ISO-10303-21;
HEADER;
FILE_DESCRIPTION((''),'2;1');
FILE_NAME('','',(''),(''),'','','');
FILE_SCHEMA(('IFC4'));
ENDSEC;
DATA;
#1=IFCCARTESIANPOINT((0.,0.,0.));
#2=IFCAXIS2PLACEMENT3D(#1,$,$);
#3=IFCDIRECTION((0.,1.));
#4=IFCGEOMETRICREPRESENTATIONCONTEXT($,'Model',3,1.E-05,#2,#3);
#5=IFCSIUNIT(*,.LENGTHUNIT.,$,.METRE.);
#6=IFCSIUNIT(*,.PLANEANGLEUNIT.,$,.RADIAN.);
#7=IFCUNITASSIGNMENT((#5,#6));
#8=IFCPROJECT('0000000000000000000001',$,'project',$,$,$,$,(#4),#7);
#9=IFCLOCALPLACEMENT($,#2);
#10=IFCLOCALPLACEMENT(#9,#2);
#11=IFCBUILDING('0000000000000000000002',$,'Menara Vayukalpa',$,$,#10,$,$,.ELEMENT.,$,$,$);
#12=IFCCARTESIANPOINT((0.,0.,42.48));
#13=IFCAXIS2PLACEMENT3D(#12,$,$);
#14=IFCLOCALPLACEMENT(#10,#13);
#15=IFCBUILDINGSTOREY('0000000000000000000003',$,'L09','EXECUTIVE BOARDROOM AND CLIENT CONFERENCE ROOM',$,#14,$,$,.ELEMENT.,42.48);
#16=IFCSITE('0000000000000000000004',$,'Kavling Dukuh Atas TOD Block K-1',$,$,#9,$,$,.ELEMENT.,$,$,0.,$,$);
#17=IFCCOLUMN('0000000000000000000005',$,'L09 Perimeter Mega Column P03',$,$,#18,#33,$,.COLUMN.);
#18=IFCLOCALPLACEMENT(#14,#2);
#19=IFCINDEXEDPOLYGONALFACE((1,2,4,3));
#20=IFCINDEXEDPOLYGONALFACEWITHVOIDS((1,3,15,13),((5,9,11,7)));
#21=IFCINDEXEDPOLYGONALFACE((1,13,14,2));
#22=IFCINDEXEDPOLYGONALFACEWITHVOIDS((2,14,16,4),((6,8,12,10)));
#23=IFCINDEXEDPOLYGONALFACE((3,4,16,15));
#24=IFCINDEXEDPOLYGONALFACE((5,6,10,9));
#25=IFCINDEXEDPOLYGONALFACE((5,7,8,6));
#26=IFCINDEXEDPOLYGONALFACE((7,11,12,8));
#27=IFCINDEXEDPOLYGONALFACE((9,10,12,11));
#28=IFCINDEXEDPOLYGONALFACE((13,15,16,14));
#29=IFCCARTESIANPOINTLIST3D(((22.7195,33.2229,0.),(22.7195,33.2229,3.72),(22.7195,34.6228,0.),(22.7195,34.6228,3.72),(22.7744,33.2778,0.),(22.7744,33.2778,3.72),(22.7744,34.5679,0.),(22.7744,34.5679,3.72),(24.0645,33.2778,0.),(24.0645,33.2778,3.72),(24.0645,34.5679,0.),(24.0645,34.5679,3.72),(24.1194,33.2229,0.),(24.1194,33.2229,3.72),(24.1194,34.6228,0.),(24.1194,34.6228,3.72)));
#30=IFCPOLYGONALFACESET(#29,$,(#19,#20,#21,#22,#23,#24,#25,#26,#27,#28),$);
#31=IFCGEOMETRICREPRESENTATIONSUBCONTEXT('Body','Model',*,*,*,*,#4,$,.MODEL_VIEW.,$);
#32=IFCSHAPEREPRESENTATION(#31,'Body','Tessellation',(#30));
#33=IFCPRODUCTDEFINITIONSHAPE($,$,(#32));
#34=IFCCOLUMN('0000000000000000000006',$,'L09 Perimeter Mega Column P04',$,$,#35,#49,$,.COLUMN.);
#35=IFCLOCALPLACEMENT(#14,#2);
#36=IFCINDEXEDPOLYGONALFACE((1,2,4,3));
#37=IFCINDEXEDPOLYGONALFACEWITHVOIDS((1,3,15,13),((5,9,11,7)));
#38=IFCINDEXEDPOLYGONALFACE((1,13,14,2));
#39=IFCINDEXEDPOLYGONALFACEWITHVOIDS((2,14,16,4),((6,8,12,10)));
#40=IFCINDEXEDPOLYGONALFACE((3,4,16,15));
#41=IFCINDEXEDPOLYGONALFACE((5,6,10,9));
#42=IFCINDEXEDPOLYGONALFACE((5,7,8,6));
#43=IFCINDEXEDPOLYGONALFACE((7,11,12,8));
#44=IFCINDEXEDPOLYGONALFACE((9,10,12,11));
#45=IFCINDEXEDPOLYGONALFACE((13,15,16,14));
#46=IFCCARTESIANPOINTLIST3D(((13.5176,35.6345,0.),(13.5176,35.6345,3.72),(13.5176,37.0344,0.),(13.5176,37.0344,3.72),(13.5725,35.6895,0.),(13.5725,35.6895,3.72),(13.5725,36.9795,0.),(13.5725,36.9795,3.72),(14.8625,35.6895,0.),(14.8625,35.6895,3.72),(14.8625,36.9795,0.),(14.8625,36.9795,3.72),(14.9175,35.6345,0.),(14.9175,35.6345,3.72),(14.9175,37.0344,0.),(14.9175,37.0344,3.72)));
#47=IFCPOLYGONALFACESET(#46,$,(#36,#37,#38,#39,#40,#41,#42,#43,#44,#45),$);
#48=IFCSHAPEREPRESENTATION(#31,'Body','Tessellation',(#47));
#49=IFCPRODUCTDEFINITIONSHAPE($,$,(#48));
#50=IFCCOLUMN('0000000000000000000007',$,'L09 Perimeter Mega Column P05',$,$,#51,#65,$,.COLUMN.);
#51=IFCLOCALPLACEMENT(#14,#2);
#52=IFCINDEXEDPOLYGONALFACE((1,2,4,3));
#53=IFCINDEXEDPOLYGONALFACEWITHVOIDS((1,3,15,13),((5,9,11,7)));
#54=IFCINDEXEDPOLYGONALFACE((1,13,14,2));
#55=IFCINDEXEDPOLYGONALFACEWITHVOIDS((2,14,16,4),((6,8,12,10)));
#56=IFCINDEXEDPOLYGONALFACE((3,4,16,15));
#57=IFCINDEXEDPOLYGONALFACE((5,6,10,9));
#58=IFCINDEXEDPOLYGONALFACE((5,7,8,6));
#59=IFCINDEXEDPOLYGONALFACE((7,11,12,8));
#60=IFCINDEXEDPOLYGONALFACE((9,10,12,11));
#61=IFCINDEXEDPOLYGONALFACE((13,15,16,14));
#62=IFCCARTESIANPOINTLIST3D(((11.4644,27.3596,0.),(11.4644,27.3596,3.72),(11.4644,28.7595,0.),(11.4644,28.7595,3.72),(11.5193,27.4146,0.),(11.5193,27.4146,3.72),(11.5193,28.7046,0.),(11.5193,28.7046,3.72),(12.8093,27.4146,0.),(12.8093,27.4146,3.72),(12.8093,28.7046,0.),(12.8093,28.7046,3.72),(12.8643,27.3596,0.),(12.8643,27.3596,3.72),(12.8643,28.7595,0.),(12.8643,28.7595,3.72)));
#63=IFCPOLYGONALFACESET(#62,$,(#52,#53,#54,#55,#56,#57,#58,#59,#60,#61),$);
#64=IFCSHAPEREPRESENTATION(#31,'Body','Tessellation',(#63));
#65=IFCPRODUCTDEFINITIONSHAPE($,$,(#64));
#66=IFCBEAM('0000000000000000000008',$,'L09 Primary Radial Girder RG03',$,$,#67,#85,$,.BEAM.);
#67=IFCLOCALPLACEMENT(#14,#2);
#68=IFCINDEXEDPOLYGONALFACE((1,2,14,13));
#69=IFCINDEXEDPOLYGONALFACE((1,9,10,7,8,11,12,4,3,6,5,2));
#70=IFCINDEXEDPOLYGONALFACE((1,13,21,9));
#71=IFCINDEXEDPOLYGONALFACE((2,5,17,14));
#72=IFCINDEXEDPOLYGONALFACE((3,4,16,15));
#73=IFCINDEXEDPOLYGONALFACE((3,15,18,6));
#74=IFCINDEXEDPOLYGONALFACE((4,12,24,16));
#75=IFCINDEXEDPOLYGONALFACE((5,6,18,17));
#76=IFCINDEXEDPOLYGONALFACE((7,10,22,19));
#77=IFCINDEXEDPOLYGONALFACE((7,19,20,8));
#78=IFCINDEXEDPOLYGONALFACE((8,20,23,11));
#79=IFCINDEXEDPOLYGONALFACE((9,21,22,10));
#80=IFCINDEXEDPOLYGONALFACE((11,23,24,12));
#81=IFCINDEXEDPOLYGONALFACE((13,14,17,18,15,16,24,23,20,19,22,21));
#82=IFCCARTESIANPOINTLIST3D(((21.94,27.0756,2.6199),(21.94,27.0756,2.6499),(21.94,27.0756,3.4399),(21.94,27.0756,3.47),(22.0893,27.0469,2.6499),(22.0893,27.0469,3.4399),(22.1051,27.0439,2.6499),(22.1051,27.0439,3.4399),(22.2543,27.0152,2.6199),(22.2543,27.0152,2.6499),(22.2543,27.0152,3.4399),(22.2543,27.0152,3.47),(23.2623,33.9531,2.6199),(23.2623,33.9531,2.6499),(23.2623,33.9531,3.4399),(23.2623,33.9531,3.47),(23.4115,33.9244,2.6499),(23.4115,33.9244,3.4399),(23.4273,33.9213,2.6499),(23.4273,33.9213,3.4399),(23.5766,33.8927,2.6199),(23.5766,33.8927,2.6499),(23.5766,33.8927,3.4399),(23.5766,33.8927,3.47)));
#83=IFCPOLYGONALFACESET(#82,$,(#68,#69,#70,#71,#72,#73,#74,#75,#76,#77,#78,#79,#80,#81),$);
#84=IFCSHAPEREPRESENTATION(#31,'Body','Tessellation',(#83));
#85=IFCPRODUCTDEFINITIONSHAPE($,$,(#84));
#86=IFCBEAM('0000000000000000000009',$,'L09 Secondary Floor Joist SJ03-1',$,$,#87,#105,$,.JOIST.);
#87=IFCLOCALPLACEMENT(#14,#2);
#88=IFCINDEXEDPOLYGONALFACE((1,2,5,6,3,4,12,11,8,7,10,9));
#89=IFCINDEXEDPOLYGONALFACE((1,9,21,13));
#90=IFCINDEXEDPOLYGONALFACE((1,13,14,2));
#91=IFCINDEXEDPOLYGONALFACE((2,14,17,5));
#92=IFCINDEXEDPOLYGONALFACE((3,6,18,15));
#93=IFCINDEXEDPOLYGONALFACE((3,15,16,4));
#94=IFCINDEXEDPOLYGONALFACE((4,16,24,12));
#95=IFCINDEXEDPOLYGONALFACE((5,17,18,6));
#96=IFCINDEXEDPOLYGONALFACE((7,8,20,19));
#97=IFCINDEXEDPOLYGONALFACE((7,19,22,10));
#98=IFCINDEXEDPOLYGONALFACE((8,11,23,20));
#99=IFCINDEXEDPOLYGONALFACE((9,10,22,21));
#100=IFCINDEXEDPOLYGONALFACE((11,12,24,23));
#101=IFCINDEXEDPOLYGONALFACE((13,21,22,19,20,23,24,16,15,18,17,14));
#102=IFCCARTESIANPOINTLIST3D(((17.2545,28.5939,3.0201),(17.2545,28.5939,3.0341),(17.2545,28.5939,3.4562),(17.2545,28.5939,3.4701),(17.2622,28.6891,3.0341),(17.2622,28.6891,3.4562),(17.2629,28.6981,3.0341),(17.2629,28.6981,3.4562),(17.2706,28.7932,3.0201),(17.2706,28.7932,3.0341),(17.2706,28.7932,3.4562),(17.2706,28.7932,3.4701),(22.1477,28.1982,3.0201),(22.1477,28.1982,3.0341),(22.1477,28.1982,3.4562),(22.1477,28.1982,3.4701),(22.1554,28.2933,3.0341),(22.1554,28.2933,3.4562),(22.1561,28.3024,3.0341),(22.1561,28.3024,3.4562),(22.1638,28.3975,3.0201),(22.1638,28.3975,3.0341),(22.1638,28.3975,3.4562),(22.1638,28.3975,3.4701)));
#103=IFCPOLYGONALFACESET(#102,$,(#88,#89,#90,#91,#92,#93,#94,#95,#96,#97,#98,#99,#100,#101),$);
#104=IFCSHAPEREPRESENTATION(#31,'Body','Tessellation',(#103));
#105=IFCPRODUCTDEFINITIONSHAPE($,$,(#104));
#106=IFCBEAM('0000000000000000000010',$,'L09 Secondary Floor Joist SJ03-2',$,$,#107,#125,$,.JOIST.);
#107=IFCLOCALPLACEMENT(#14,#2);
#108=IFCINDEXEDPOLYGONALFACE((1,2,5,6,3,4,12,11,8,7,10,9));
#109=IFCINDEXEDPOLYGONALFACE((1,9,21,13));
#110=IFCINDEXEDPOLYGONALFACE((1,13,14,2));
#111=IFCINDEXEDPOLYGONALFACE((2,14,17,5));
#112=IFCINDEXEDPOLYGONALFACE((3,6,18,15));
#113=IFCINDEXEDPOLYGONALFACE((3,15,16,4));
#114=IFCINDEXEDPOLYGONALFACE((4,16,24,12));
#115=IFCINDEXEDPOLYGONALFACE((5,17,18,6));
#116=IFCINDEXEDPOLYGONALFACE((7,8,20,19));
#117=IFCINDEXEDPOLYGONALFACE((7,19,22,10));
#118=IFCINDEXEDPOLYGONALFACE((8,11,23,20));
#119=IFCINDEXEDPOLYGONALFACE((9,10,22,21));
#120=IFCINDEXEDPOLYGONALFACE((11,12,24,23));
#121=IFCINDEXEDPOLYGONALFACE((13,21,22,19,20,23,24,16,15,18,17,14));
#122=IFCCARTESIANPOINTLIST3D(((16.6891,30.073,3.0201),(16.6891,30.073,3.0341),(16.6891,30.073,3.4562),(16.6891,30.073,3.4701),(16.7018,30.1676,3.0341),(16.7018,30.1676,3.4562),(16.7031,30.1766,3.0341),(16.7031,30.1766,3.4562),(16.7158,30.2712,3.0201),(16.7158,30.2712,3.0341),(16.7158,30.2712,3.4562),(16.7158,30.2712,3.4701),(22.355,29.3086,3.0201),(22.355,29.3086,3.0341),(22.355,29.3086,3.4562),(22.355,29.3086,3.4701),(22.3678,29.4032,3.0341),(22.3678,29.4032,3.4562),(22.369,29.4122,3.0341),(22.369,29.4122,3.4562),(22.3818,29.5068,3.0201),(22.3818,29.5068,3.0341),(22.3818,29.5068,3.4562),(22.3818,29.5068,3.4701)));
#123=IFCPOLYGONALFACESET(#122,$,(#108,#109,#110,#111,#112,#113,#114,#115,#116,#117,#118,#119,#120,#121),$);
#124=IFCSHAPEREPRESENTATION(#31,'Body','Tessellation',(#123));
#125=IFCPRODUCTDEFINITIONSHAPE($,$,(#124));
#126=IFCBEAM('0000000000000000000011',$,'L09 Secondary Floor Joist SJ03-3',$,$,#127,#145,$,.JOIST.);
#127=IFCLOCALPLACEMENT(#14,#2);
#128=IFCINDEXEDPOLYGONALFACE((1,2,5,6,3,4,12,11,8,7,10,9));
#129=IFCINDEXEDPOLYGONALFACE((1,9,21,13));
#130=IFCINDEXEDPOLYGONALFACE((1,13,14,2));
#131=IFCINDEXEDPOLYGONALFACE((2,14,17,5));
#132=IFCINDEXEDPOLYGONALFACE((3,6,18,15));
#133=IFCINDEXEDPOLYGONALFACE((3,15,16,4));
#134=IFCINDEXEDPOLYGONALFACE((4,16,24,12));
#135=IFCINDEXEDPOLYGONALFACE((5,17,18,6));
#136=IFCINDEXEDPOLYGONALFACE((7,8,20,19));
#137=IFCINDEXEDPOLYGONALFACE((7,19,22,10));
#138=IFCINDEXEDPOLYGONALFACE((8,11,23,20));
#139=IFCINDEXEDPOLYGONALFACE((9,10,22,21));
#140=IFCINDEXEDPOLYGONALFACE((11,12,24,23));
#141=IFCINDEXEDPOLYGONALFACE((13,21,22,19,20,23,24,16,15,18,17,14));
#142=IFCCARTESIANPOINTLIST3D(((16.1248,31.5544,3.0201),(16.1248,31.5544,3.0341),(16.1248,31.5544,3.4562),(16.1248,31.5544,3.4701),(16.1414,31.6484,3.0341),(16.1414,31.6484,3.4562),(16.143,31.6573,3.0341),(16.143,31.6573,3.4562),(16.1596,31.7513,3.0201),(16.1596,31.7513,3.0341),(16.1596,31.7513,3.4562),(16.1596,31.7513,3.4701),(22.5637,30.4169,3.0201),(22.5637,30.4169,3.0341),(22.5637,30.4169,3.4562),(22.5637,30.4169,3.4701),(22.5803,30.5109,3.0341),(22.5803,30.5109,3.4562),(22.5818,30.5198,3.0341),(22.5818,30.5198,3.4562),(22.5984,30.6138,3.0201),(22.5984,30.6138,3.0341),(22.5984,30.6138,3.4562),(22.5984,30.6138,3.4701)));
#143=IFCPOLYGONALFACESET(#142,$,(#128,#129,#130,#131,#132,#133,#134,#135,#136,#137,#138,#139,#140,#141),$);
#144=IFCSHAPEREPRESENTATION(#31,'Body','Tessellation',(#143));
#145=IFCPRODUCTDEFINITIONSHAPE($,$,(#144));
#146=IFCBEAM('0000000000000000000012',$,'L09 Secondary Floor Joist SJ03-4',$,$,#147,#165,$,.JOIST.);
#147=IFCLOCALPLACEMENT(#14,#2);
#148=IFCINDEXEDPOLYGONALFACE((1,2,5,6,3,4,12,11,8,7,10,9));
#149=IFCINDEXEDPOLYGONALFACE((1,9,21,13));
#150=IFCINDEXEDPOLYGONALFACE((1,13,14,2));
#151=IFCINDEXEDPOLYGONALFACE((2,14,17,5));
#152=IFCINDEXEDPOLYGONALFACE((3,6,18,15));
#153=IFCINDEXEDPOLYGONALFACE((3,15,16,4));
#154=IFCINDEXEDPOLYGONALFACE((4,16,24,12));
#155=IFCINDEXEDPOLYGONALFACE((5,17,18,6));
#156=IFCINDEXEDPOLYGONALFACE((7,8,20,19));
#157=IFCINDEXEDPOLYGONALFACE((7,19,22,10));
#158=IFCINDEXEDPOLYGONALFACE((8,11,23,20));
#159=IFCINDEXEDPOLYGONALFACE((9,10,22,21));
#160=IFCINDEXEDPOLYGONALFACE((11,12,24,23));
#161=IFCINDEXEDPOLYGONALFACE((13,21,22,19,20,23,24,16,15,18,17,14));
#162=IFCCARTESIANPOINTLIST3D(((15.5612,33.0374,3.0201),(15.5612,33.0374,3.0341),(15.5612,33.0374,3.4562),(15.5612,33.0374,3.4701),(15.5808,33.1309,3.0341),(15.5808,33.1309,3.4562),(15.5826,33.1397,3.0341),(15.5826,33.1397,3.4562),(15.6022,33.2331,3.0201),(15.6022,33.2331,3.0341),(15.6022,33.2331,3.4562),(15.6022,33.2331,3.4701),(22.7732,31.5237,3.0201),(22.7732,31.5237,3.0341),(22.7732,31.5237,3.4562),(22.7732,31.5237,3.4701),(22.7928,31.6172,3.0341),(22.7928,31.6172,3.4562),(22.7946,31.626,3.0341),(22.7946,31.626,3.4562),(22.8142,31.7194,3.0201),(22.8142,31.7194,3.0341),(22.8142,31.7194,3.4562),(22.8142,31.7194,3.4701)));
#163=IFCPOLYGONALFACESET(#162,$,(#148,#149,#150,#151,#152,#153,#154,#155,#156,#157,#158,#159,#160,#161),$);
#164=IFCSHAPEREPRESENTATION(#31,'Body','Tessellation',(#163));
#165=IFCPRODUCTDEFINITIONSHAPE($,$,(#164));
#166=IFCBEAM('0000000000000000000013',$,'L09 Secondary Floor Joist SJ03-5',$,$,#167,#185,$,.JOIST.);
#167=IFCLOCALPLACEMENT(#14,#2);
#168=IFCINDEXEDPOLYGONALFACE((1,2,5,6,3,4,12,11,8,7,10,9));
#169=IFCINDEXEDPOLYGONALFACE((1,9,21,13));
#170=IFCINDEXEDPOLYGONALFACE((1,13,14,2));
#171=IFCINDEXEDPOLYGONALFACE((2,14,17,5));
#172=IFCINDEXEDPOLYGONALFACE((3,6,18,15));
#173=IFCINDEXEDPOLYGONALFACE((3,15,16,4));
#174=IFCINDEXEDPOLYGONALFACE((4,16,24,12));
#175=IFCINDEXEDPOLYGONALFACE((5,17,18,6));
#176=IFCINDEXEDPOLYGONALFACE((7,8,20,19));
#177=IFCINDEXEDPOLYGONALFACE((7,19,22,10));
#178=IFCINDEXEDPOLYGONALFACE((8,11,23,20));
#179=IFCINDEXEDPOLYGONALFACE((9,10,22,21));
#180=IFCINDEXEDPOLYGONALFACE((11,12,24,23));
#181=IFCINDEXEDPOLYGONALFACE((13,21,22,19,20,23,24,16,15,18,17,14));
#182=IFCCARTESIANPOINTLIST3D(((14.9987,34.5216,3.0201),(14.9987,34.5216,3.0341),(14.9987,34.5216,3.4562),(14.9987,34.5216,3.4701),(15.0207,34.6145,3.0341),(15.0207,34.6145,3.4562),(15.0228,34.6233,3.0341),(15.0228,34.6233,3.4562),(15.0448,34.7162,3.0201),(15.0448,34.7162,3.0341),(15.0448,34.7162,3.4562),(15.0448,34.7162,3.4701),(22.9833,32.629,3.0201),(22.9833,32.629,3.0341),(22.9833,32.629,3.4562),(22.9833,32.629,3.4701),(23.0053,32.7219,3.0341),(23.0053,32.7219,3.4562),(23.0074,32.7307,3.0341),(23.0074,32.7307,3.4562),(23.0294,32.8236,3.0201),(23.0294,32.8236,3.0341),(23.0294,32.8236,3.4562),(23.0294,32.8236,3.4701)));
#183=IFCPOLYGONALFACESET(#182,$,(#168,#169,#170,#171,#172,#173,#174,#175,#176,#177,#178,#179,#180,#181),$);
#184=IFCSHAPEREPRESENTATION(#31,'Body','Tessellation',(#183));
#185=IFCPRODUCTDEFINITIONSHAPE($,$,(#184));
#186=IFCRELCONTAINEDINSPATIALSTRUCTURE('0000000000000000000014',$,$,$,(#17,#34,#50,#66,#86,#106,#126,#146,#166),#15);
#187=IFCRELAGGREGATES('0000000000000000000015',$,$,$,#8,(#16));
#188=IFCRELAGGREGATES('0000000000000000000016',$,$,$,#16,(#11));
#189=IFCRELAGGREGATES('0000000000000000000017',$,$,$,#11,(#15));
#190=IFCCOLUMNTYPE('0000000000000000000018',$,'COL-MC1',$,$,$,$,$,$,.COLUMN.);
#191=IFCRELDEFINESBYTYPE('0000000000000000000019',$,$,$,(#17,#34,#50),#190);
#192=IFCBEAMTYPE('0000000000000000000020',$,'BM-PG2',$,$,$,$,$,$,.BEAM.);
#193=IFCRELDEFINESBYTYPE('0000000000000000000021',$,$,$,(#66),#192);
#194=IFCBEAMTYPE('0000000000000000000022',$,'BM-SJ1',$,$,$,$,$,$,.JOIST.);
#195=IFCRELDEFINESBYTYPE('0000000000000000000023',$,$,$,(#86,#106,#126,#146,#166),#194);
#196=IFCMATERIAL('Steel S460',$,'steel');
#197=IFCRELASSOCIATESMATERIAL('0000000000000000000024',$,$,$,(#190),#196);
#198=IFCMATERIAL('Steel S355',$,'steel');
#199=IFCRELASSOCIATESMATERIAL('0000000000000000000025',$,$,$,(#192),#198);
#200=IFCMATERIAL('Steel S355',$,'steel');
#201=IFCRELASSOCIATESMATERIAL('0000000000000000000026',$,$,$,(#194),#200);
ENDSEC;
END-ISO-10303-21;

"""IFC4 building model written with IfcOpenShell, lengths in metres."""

from ifc_helpers import new_model, si_unit, direction, frame, origin, origin_2d, place, context, subcontext, project, spatial, hollow_rectangle, i_section, extrude, material, material_profile, profile_set, type_object, element, save


model = new_model("IFC4")

# Units and contexts
model_context = context("Model", 3, precision=1e-05, world=origin(), true_north=direction((0.0, 1.0)))
body_context = subcontext(model_context, "Body", "Model", "MODEL_VIEW")
ifc_project = project(units=[si_unit("LENGTHUNIT", "METRE"), si_unit("PLANEANGLEUNIT", "RADIAN")], contexts=[model_context])

# Site, building, storey
site_placement = place(None, origin())
site = spatial("IfcSite", under=ifc_project, at=site_placement, Name="Kavling Dukuh Atas TOD Block K-1", CompositionType="ELEMENT", RefElevation=0.0)
building_placement = place(site_placement, origin())
building = spatial("IfcBuilding", under=site, at=building_placement, Name="Menara Vayukalpa", CompositionType="ELEMENT")
storey_placement = place(building_placement, frame((0.0, 0.0, 42.48)))
storey = spatial("IfcBuildingStorey", under=building, at=storey_placement, Name="L09", Description="EXECUTIVE BOARDROOM AND CLIENT CONFERENCE ROOM", CompositionType="ELEMENT", Elevation=42.48)

# Columns
ifc_material_1 = material(Name="Steel S460", Category="steel")
ifc_material_profile_1 = material_profile(ifc_material_1, hollow_rectangle(XDim=1.3999, YDim=1.3999, WallThickness=0.0549, at=origin_2d()), Name="BOX 1400x1400x55")
ifc_profile_set_1 = profile_set([ifc_material_profile_1], Name="Steel S460")
column_type = type_object("IfcColumnType", Name="COL-MC1", PredefinedType="COLUMN", material=ifc_profile_set_1)
for number, where, z_axis, x_axis, name in (
    (1, (23.4194, 33.9229, 0.0), (0.0, 0.0, 1.0), (1.0, 0.0, 0.0), "L09 Perimeter Mega Column P03"),
    (2, (14.2175, 36.3345, 0.0), (0.0, 0.0, 1.0), (1.0, 0.0, 0.0), "L09 Perimeter Mega Column P04"),
    (3, (12.1643, 28.0596, 0.0), (0.0, 0.0, 1.0), (1.0, 0.0, 0.0), "L09 Perimeter Mega Column P05"),
):
    element("IfcColumn", number, at=place(storey_placement, frame(where, z_axis=z_axis, x_axis=x_axis)), inside=storey, type_object=column_type, Name=name, PredefinedType="COLUMN", context=body_context, shape_type="SweptSolid", body=[
        extrude(hollow_rectangle(XDim=1.3999, YDim=1.3999, WallThickness=0.0549, at=origin_2d()), origin(), (0.0, 0.0, 1.0), 3.72),
    ])

# Beams
ifc_material_2 = material(Name="Steel S355", Category="steel")
ifc_material_profile_2 = material_profile(ifc_material_2, i_section(OverallWidth=0.3201, OverallDepth=0.8501, WebThickness=0.0161, FlangeThickness=0.03, at=origin_2d()), Name="WF 850x320x16x30")
ifc_profile_set_2 = profile_set([ifc_material_profile_2], Name="Steel S355")
beam_type_1 = type_object("IfcBeamType", Name="BM-PG2", PredefinedType="BEAM", material=ifc_profile_set_2)
beam_1_placement = place(storey_placement, frame((22.0972, 27.0454, 3.0449), z_axis=(0.188803, 0.982015, 0.0), x_axis=(-0.982015, 0.188803, 0.0)))
element("IfcBeam", 4, at=beam_1_placement, inside=storey, type_object=beam_type_1, Name="L09 Primary Radial Girder RG03", PredefinedType="BEAM", context=body_context, shape_type="SweptSolid", body=[
    extrude(i_section(OverallWidth=0.3201, OverallDepth=0.8501, WebThickness=0.0161, FlangeThickness=0.03, at=origin_2d()), origin(), (0.0, 0.0, 1.0), 7.0034),
])
ifc_material_3 = material(Name="Steel S355", Category="steel")
ifc_material_profile_3 = material_profile(ifc_material_3, i_section(OverallWidth=0.2, OverallDepth=0.45, WebThickness=0.009, FlangeThickness=0.0139, at=origin_2d()), Name="WF 450x200x9x14")
ifc_profile_set_3 = profile_set([ifc_material_profile_3], Name="Steel S355")
beam_type_2 = type_object("IfcBeamType", Name="BM-SJ1", PredefinedType="JOIST", material=ifc_profile_set_3)
beam_2_placement = place(storey_placement, frame((22.1558, 28.2979, 3.2451), z_axis=(-0.996745, 0.080613, 0.0), x_axis=(-0.080613, -0.996745, 0.0)))
element("IfcBeam", 5, at=beam_2_placement, inside=storey, type_object=beam_type_2, Name="L09 Secondary Floor Joist SJ03-1", PredefinedType="JOIST", context=body_context, shape_type="SweptSolid", body=[
    extrude(i_section(OverallWidth=0.2, OverallDepth=0.45, WebThickness=0.009, FlangeThickness=0.0139, at=origin_2d()), origin(), (0.0, 0.0, 1.0), 4.9092),
])
beam_3_placement = place(storey_placement, frame((22.3684, 29.4077, 3.2451), z_axis=(-0.991022, 0.133699, 0.0), x_axis=(-0.133699, -0.991022, 0.0)))
element("IfcBeam", 6, at=beam_3_placement, inside=storey, type_object=beam_type_2, Name="L09 Secondary Floor Joist SJ03-2", PredefinedType="JOIST", context=body_context, shape_type="SweptSolid", body=[
    extrude(i_section(OverallWidth=0.2, OverallDepth=0.45, WebThickness=0.009, FlangeThickness=0.0139, at=origin_2d()), origin(), (0.0, 0.0, 1.0), 5.7173),
])
beam_4_placement = place(storey_placement, frame((22.5811, 30.5154, 3.2451), z_axis=(-0.984753, 0.173958, 0.0), x_axis=(-0.173958, -0.984753, 0.0)))
element("IfcBeam", 7, at=beam_4_placement, inside=storey, type_object=beam_type_2, Name="L09 Secondary Floor Joist SJ03-3", PredefinedType="JOIST", context=body_context, shape_type="SweptSolid", body=[
    extrude(i_section(OverallWidth=0.2, OverallDepth=0.45, WebThickness=0.009, FlangeThickness=0.0139, at=origin_2d()), origin(), (0.0, 0.0, 1.0), 6.5386),
])
beam_5_placement = place(storey_placement, frame((22.7937, 31.6216, 3.2451), z_axis=(-0.978676, 0.205409, 0.0), x_axis=(-0.205409, -0.978676, 0.0)))
element("IfcBeam", 8, at=beam_5_placement, inside=storey, type_object=beam_type_2, Name="L09 Secondary Floor Joist SJ03-4", PredefinedType="JOIST", context=body_context, shape_type="SweptSolid", body=[
    extrude(i_section(OverallWidth=0.2, OverallDepth=0.45, WebThickness=0.009, FlangeThickness=0.0139, at=origin_2d()), origin(), (0.0, 0.0, 1.0), 7.3691),
])
beam_6_placement = place(storey_placement, frame((23.0063, 32.7263, 3.2451), z_axis=(-0.97304, 0.230638, 0.0), x_axis=(-0.230638, -0.97304, 0.0)))
element("IfcBeam", 9, at=beam_6_placement, inside=storey, type_object=beam_type_2, Name="L09 Secondary Floor Joist SJ03-5", PredefinedType="JOIST", context=body_context, shape_type="SweptSolid", body=[
    extrude(i_section(OverallWidth=0.2, OverallDepth=0.45, WebThickness=0.009, FlangeThickness=0.0139, at=origin_2d()), origin(), (0.0, 0.0, 1.0), 8.2058),
])

save(model, "model.ifc")
